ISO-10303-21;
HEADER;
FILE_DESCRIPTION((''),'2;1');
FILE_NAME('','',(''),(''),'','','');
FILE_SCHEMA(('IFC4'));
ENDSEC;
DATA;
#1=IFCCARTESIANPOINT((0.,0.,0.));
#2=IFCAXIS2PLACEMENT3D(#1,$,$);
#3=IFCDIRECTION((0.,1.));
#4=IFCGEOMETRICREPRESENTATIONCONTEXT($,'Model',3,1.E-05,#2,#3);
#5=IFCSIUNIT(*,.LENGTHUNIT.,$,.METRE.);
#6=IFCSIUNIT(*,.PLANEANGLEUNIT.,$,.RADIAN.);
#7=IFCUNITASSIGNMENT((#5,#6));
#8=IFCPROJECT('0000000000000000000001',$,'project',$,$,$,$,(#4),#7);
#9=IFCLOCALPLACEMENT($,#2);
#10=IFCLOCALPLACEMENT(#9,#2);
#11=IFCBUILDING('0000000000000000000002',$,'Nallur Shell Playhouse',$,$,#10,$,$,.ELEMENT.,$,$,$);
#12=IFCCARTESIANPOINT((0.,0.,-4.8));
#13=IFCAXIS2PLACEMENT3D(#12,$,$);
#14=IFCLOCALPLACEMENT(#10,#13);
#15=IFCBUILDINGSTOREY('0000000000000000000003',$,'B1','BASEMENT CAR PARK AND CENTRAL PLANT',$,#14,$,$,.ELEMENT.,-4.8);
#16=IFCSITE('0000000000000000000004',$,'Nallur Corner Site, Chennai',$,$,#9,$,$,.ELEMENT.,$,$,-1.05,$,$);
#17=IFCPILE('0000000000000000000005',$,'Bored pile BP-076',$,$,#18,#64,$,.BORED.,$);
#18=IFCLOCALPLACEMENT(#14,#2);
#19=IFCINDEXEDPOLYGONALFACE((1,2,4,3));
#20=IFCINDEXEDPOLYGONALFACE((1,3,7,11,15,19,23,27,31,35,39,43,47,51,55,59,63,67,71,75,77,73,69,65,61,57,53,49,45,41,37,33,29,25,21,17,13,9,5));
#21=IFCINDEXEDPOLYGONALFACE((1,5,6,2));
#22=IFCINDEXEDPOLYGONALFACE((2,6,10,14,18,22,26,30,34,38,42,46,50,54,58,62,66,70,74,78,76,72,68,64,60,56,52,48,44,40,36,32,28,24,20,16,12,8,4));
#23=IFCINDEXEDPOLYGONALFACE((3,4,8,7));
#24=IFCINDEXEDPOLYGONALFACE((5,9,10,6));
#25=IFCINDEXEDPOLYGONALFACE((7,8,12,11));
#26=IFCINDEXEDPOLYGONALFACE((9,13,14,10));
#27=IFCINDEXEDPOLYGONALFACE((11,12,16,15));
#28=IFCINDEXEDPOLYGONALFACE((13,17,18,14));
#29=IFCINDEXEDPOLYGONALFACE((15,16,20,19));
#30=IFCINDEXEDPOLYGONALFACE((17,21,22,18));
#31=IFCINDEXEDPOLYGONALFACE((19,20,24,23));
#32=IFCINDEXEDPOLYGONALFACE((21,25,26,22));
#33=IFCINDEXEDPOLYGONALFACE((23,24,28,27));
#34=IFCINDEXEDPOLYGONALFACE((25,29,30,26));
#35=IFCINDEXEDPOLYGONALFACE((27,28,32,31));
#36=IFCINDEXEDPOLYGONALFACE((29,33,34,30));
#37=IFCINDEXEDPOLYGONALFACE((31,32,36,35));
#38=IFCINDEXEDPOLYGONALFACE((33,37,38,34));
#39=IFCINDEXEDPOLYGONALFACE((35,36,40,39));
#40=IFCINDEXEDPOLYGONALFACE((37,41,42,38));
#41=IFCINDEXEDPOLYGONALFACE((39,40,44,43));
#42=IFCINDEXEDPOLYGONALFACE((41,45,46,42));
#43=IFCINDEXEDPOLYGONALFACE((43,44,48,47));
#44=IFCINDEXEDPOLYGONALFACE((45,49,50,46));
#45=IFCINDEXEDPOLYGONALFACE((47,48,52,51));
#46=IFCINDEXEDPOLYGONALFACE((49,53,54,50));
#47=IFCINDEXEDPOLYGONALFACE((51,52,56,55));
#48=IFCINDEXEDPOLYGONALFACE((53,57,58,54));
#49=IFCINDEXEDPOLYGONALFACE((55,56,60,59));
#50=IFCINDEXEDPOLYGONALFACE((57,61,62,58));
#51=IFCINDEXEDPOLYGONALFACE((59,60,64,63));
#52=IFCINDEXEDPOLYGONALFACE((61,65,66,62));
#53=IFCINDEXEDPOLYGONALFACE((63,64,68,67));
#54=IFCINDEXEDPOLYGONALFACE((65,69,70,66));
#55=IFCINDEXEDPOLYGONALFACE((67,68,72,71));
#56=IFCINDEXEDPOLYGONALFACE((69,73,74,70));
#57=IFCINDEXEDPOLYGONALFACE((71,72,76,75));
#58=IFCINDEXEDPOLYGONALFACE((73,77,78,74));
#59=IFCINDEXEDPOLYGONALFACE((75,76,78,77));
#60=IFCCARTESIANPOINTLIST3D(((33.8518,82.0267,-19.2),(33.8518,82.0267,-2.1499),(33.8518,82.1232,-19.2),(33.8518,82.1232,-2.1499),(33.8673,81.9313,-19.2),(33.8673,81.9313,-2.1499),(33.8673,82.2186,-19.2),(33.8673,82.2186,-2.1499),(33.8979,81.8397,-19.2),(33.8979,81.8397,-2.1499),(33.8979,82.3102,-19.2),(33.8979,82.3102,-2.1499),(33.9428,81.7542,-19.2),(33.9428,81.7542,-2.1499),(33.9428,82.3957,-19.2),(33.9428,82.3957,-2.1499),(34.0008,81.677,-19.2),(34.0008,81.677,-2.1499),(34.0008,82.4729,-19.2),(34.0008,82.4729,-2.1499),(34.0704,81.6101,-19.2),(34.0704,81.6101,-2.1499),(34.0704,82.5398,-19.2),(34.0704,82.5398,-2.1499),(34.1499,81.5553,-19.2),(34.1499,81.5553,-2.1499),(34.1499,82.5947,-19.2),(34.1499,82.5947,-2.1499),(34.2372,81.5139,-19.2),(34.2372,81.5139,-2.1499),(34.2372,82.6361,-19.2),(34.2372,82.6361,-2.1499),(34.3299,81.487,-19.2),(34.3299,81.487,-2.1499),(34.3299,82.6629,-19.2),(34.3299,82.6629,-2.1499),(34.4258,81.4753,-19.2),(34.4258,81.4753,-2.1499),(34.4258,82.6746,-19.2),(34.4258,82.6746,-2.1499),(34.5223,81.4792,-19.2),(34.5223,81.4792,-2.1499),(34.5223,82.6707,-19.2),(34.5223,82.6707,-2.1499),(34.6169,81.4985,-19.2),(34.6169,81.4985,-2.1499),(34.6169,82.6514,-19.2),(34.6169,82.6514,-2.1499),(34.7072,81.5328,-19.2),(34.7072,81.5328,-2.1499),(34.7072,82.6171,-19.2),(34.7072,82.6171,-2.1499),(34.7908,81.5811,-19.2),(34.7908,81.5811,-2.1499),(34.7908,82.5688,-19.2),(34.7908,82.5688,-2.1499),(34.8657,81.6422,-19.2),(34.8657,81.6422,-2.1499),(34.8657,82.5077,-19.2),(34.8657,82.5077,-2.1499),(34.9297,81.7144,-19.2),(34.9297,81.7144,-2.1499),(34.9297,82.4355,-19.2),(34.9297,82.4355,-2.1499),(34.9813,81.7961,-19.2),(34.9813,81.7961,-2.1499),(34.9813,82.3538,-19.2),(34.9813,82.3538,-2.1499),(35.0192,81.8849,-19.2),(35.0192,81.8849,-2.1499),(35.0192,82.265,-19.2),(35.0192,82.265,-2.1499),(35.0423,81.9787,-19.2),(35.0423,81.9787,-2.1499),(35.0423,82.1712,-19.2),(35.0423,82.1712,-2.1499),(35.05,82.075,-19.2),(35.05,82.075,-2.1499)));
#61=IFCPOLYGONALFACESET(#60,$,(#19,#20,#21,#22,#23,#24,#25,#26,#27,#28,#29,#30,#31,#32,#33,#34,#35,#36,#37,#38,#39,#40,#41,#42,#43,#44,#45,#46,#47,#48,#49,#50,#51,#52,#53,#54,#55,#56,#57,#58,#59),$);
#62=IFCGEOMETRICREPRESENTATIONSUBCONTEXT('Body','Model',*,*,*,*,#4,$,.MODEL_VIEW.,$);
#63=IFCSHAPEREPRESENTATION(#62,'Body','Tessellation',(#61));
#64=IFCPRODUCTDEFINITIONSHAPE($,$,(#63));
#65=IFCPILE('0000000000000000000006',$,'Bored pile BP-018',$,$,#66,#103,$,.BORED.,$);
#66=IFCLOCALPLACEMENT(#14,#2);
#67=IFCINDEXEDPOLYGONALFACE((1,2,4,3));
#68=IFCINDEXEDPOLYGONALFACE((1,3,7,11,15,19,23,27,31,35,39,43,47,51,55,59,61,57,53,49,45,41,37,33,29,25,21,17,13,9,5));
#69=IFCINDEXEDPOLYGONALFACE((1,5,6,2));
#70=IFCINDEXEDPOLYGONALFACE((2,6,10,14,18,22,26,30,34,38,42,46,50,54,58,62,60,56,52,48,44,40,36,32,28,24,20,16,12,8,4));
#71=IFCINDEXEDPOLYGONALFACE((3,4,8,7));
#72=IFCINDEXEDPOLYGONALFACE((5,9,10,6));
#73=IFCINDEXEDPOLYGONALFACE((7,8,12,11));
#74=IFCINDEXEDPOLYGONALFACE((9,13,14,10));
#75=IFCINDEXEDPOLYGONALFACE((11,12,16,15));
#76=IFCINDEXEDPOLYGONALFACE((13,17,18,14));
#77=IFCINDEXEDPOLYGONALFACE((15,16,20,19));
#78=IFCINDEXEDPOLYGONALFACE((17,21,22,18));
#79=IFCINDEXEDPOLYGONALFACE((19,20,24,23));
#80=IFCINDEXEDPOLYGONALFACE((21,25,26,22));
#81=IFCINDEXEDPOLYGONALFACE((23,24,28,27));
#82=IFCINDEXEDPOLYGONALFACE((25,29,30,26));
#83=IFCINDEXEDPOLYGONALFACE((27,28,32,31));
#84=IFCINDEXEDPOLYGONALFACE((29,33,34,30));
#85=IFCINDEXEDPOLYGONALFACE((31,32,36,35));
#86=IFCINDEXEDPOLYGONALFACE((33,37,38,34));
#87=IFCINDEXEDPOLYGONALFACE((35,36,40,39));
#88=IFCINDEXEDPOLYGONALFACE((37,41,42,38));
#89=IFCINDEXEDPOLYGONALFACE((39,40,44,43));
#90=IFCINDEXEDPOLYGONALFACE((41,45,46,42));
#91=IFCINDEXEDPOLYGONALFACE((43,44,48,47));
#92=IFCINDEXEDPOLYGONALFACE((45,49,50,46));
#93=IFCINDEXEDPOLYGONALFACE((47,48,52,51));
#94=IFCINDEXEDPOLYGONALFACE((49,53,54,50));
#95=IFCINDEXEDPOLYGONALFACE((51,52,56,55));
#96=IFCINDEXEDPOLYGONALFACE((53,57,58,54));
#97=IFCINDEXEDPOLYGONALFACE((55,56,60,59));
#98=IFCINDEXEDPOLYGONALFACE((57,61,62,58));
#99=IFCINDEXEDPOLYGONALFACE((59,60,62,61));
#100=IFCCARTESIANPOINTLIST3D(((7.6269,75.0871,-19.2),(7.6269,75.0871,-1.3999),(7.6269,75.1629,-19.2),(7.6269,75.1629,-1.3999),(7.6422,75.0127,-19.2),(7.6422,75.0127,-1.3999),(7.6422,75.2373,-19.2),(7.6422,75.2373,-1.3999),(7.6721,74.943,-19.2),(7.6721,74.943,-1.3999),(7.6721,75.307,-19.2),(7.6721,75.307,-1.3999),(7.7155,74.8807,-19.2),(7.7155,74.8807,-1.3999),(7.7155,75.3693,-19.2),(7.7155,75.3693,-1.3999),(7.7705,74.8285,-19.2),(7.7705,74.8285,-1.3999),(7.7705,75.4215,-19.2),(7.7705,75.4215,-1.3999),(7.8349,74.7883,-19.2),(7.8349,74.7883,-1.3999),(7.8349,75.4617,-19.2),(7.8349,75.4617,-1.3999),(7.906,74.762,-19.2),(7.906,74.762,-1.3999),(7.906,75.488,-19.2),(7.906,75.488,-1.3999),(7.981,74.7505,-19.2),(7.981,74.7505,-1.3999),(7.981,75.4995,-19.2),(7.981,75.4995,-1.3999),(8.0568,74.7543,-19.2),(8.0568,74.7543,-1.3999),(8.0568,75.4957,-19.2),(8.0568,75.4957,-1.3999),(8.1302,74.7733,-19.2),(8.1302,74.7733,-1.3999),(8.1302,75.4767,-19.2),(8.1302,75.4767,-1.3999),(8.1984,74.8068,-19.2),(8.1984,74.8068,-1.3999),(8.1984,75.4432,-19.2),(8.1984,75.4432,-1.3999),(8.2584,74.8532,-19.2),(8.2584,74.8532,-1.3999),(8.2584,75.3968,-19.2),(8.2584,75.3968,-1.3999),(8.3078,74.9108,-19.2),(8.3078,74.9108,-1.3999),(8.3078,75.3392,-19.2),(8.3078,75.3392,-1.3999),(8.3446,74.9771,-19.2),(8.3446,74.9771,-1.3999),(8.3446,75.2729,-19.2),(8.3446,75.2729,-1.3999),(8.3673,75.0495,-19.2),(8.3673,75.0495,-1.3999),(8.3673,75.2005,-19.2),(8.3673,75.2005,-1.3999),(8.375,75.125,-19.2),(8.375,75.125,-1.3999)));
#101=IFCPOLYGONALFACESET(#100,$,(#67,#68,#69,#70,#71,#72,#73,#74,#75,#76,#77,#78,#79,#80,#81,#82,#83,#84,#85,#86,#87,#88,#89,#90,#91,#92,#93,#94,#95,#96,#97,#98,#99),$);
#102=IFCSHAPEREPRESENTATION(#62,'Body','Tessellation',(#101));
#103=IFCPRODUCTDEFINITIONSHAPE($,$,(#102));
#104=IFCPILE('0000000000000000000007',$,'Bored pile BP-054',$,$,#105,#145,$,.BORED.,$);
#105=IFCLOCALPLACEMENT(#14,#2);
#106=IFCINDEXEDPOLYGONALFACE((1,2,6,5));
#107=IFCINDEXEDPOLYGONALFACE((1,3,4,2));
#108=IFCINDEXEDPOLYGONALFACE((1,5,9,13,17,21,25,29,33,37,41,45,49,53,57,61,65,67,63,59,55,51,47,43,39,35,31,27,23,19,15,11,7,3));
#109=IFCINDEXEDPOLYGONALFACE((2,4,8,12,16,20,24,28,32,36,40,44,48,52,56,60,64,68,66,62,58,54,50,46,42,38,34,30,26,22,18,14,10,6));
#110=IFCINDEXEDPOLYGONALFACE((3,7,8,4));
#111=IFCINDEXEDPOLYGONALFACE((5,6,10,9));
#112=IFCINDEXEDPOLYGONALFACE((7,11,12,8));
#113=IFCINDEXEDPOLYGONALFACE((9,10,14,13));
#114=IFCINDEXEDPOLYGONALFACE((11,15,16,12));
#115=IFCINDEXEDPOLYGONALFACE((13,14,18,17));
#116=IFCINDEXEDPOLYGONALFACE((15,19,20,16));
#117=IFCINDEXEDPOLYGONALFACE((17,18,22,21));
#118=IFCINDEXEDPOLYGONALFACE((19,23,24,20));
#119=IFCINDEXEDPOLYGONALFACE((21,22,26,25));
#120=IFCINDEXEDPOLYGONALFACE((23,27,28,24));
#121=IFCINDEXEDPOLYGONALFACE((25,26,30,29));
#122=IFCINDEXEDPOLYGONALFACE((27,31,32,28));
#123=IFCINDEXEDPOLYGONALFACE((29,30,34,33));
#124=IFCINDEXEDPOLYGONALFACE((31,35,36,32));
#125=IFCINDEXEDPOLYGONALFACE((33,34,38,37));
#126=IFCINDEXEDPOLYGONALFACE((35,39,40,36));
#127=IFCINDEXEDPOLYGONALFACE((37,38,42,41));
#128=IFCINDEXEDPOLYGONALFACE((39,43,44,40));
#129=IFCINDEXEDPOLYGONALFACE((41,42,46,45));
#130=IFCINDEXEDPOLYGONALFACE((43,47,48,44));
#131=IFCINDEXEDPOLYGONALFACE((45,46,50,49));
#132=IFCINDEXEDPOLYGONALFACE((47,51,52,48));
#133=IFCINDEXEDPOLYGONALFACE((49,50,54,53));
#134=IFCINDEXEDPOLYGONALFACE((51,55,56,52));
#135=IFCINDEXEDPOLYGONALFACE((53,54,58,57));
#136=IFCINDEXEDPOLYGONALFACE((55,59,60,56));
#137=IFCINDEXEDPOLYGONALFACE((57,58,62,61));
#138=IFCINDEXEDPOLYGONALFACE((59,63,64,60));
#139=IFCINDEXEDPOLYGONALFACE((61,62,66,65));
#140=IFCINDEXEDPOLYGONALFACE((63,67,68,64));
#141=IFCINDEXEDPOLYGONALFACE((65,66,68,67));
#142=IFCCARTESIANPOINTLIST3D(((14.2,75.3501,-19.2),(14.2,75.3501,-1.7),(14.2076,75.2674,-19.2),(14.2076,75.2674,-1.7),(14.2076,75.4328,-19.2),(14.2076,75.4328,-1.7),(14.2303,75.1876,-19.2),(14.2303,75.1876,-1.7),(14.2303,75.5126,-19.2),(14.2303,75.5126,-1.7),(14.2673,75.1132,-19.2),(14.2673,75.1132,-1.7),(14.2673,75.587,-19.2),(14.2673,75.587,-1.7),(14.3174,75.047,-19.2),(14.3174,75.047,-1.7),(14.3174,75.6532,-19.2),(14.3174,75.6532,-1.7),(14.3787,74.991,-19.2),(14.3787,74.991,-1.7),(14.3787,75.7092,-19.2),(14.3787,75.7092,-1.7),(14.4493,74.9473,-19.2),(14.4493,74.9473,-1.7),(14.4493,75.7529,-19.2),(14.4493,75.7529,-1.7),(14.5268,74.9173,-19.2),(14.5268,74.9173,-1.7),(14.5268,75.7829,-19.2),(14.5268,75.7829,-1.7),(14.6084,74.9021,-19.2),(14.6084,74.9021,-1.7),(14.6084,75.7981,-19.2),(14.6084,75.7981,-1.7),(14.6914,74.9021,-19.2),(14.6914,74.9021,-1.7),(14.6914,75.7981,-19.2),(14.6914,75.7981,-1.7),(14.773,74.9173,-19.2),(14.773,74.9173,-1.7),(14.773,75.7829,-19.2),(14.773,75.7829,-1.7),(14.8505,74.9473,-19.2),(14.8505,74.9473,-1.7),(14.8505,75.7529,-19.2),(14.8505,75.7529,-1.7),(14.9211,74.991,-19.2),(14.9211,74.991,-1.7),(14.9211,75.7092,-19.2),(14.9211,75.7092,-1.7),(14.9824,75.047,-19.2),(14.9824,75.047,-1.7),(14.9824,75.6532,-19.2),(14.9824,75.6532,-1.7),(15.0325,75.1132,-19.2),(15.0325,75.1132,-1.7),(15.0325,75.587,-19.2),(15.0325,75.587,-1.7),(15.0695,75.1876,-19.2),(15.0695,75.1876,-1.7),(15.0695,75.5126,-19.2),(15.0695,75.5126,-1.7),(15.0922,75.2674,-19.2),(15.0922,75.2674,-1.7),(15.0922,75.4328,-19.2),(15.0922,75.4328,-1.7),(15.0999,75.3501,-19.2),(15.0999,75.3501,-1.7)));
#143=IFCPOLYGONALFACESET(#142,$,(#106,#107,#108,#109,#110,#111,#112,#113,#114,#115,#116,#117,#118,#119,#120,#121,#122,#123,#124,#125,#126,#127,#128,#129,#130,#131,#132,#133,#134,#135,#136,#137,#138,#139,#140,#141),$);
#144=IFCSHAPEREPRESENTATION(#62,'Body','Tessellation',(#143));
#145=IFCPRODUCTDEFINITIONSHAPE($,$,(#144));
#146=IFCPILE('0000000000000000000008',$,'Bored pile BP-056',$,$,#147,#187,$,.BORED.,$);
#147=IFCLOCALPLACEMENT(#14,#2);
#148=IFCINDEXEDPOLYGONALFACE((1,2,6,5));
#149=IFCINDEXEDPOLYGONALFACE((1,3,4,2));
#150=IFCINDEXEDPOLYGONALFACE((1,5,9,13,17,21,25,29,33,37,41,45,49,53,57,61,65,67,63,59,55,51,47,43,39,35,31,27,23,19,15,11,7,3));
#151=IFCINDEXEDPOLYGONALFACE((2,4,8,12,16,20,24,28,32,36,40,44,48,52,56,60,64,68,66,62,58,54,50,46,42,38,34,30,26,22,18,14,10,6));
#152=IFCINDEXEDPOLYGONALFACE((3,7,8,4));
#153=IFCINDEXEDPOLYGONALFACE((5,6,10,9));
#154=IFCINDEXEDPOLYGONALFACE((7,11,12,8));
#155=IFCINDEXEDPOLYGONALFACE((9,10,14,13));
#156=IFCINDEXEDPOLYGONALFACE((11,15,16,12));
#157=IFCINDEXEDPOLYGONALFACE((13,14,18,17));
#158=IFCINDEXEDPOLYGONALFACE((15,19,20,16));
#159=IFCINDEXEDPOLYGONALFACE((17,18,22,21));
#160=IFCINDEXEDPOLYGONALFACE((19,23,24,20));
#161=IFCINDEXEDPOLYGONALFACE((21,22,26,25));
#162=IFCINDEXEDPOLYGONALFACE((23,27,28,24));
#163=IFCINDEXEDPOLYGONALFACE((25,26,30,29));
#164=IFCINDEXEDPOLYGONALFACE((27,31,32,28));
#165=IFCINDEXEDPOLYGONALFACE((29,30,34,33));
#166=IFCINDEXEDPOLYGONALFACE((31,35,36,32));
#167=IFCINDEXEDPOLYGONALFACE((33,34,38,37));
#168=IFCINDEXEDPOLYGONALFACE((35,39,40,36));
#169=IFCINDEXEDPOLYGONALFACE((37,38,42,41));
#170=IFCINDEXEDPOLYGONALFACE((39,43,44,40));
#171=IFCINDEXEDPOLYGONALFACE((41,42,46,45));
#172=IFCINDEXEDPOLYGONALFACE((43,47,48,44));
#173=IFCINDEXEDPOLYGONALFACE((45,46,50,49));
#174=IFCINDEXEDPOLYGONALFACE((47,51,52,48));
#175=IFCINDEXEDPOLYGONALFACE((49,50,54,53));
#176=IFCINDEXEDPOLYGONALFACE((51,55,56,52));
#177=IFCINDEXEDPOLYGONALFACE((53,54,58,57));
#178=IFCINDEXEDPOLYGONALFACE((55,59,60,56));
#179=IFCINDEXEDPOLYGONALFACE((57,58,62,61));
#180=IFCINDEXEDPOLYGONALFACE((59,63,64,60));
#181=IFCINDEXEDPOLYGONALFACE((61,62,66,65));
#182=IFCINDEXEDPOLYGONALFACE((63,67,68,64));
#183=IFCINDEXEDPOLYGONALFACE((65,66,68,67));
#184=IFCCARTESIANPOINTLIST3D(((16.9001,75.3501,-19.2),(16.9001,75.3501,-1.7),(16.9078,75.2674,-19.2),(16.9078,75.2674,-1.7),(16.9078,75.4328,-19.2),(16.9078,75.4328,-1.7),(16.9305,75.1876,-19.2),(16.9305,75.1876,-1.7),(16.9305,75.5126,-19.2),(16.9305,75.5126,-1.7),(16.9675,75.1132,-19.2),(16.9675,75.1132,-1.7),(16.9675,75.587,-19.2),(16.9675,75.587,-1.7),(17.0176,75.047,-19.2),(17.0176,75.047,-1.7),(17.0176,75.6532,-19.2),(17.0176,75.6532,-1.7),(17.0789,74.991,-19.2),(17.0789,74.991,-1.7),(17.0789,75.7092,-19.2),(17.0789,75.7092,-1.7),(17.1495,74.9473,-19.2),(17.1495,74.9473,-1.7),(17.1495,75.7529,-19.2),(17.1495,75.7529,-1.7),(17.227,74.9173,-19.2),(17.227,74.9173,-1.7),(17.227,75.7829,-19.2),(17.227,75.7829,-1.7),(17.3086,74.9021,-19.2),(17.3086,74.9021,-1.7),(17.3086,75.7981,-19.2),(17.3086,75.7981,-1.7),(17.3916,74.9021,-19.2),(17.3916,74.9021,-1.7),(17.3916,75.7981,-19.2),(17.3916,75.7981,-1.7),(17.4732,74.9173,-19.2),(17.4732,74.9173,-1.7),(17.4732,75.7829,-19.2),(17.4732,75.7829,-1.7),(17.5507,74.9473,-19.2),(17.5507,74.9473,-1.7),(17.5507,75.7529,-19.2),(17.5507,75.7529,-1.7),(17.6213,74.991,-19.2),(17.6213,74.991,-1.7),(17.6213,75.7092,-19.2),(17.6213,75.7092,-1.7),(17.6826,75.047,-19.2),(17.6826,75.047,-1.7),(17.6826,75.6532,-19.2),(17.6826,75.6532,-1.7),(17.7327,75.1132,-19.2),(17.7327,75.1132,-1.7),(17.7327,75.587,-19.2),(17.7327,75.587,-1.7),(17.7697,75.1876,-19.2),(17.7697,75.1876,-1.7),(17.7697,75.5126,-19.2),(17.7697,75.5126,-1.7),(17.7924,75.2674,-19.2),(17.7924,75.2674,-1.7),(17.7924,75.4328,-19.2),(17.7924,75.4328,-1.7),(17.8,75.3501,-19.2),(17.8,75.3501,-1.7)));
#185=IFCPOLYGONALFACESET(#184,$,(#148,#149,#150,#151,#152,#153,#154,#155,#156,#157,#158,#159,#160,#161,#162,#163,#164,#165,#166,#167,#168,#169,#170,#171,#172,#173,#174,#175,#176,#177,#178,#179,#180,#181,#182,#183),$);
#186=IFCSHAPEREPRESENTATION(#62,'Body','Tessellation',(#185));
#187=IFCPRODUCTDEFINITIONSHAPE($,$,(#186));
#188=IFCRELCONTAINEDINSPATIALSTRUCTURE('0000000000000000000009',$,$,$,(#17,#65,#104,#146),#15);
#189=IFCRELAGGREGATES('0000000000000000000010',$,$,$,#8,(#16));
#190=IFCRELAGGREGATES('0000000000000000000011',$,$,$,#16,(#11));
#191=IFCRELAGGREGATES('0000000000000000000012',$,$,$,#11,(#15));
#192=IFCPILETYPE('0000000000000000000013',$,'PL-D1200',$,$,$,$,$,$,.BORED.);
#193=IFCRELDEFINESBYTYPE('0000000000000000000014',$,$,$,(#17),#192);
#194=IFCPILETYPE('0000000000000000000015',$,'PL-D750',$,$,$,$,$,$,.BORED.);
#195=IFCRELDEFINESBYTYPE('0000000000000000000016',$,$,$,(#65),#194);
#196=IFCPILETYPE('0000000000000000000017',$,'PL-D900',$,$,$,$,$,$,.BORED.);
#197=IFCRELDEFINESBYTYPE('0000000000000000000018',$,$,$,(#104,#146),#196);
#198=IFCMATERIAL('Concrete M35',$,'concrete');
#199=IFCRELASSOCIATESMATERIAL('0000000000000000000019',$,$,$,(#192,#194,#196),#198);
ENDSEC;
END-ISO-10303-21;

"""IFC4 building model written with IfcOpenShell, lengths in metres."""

from ifc_helpers import new_model, si_unit, direction, frame, origin, origin_2d, place, context, subcontext, project, spatial, circle, extrude, material, material_profile, profile_set, type_object, element, save


model = new_model("IFC4")

# Units and contexts
model_context = context("Model", 3, precision=1e-05, world=origin(), true_north=direction((0.0, 1.0)))
body_context = subcontext(model_context, "Body", "Model", "MODEL_VIEW")
ifc_project = project(units=[si_unit("LENGTHUNIT", "METRE"), si_unit("PLANEANGLEUNIT", "RADIAN")], contexts=[model_context])

# Site, building, storey
site_placement = place(None, origin())
site = spatial("IfcSite", under=ifc_project, at=site_placement, Name="Nallur Corner Site, Chennai", CompositionType="ELEMENT", RefElevation=-1.05)
building_placement = place(site_placement, origin())
building = spatial("IfcBuilding", under=site, at=building_placement, Name="Nallur Shell Playhouse", CompositionType="ELEMENT")
storey_placement = place(building_placement, frame((0.0, 0.0, -4.8)))
storey = spatial("IfcBuildingStorey", under=building, at=storey_placement, Name="B1", Description="BASEMENT CAR PARK AND CENTRAL PLANT", CompositionType="ELEMENT", Elevation=-4.8)

# Shared definitions
ifc_material_1 = material(Name="Concrete M35", Category="concrete")

# Piles
ifc_material_profile_1 = material_profile(ifc_material_1, circle(Radius=0.6001, at=origin_2d()), Name="BORED PILE D1200")
ifc_profile_set_1 = profile_set([ifc_material_profile_1], Name="Concrete M35")
pile_type_1 = type_object("IfcPileType", Name="PL-D1200", PredefinedType="BORED", material=ifc_profile_set_1)
for number, where, z_axis, x_axis, name in (
    (1, (34.45, 82.075, -2.1499), (0.0, 0.0, -1.0), (1.0, 0.0, 0.0), "Bored pile BP-076"),
):
    element("IfcPile", number, at=place(storey_placement, frame(where, z_axis=z_axis, x_axis=x_axis)), inside=storey, type_object=pile_type_1, Name=name, PredefinedType="BORED", context=body_context, shape_type="SweptSolid", body=[
        extrude(circle(Radius=0.6001, at=origin_2d()), origin(), (0.0, 0.0, 1.0), 17.05),
    ])
ifc_material_profile_2 = material_profile(ifc_material_1, circle(Radius=0.375, at=origin_2d()), Name="BORED PILE D750")
ifc_profile_set_2 = profile_set([ifc_material_profile_2], Name="Concrete M35")
pile_type_2 = type_object("IfcPileType", Name="PL-D750", PredefinedType="BORED", material=ifc_profile_set_2)
pile_placement = place(storey_placement, frame((8.0, 75.125, -1.3999), z_axis=(0.0, 0.0, -1.0), x_axis=(1.0, 0.0, 0.0)))
element("IfcPile", 2, at=pile_placement, inside=storey, type_object=pile_type_2, Name="Bored pile BP-018", PredefinedType="BORED", context=body_context, shape_type="SweptSolid", body=[
    extrude(circle(Radius=0.375, at=origin_2d()), origin(), (0.0, 0.0, 1.0), 17.8),
])
ifc_material_profile_3 = material_profile(ifc_material_1, circle(Radius=0.45, at=origin_2d()), Name="BORED PILE D900")
ifc_profile_set_3 = profile_set([ifc_material_profile_3], Name="Concrete M35")
pile_type_3 = type_object("IfcPileType", Name="PL-D900", PredefinedType="BORED", material=ifc_profile_set_3)
for number, where, z_axis, x_axis, name in (
    (3, (14.6499, 75.3501, -1.7), (0.0, 0.0, -1.0), (1.0, 0.0, 0.0), "Bored pile BP-054"),
    (4, (17.3501, 75.3501, -1.7), (0.0, 0.0, -1.0), (1.0, 0.0, 0.0), "Bored pile BP-056"),
):
    element("IfcPile", number, at=place(storey_placement, frame(where, z_axis=z_axis, x_axis=x_axis)), inside=storey, type_object=pile_type_3, Name=name, PredefinedType="BORED", context=body_context, shape_type="SweptSolid", body=[
        extrude(circle(Radius=0.45, at=origin_2d()), origin(), (0.0, 0.0, 1.0), 17.5),
    ])

save(model, "model.ifc")
